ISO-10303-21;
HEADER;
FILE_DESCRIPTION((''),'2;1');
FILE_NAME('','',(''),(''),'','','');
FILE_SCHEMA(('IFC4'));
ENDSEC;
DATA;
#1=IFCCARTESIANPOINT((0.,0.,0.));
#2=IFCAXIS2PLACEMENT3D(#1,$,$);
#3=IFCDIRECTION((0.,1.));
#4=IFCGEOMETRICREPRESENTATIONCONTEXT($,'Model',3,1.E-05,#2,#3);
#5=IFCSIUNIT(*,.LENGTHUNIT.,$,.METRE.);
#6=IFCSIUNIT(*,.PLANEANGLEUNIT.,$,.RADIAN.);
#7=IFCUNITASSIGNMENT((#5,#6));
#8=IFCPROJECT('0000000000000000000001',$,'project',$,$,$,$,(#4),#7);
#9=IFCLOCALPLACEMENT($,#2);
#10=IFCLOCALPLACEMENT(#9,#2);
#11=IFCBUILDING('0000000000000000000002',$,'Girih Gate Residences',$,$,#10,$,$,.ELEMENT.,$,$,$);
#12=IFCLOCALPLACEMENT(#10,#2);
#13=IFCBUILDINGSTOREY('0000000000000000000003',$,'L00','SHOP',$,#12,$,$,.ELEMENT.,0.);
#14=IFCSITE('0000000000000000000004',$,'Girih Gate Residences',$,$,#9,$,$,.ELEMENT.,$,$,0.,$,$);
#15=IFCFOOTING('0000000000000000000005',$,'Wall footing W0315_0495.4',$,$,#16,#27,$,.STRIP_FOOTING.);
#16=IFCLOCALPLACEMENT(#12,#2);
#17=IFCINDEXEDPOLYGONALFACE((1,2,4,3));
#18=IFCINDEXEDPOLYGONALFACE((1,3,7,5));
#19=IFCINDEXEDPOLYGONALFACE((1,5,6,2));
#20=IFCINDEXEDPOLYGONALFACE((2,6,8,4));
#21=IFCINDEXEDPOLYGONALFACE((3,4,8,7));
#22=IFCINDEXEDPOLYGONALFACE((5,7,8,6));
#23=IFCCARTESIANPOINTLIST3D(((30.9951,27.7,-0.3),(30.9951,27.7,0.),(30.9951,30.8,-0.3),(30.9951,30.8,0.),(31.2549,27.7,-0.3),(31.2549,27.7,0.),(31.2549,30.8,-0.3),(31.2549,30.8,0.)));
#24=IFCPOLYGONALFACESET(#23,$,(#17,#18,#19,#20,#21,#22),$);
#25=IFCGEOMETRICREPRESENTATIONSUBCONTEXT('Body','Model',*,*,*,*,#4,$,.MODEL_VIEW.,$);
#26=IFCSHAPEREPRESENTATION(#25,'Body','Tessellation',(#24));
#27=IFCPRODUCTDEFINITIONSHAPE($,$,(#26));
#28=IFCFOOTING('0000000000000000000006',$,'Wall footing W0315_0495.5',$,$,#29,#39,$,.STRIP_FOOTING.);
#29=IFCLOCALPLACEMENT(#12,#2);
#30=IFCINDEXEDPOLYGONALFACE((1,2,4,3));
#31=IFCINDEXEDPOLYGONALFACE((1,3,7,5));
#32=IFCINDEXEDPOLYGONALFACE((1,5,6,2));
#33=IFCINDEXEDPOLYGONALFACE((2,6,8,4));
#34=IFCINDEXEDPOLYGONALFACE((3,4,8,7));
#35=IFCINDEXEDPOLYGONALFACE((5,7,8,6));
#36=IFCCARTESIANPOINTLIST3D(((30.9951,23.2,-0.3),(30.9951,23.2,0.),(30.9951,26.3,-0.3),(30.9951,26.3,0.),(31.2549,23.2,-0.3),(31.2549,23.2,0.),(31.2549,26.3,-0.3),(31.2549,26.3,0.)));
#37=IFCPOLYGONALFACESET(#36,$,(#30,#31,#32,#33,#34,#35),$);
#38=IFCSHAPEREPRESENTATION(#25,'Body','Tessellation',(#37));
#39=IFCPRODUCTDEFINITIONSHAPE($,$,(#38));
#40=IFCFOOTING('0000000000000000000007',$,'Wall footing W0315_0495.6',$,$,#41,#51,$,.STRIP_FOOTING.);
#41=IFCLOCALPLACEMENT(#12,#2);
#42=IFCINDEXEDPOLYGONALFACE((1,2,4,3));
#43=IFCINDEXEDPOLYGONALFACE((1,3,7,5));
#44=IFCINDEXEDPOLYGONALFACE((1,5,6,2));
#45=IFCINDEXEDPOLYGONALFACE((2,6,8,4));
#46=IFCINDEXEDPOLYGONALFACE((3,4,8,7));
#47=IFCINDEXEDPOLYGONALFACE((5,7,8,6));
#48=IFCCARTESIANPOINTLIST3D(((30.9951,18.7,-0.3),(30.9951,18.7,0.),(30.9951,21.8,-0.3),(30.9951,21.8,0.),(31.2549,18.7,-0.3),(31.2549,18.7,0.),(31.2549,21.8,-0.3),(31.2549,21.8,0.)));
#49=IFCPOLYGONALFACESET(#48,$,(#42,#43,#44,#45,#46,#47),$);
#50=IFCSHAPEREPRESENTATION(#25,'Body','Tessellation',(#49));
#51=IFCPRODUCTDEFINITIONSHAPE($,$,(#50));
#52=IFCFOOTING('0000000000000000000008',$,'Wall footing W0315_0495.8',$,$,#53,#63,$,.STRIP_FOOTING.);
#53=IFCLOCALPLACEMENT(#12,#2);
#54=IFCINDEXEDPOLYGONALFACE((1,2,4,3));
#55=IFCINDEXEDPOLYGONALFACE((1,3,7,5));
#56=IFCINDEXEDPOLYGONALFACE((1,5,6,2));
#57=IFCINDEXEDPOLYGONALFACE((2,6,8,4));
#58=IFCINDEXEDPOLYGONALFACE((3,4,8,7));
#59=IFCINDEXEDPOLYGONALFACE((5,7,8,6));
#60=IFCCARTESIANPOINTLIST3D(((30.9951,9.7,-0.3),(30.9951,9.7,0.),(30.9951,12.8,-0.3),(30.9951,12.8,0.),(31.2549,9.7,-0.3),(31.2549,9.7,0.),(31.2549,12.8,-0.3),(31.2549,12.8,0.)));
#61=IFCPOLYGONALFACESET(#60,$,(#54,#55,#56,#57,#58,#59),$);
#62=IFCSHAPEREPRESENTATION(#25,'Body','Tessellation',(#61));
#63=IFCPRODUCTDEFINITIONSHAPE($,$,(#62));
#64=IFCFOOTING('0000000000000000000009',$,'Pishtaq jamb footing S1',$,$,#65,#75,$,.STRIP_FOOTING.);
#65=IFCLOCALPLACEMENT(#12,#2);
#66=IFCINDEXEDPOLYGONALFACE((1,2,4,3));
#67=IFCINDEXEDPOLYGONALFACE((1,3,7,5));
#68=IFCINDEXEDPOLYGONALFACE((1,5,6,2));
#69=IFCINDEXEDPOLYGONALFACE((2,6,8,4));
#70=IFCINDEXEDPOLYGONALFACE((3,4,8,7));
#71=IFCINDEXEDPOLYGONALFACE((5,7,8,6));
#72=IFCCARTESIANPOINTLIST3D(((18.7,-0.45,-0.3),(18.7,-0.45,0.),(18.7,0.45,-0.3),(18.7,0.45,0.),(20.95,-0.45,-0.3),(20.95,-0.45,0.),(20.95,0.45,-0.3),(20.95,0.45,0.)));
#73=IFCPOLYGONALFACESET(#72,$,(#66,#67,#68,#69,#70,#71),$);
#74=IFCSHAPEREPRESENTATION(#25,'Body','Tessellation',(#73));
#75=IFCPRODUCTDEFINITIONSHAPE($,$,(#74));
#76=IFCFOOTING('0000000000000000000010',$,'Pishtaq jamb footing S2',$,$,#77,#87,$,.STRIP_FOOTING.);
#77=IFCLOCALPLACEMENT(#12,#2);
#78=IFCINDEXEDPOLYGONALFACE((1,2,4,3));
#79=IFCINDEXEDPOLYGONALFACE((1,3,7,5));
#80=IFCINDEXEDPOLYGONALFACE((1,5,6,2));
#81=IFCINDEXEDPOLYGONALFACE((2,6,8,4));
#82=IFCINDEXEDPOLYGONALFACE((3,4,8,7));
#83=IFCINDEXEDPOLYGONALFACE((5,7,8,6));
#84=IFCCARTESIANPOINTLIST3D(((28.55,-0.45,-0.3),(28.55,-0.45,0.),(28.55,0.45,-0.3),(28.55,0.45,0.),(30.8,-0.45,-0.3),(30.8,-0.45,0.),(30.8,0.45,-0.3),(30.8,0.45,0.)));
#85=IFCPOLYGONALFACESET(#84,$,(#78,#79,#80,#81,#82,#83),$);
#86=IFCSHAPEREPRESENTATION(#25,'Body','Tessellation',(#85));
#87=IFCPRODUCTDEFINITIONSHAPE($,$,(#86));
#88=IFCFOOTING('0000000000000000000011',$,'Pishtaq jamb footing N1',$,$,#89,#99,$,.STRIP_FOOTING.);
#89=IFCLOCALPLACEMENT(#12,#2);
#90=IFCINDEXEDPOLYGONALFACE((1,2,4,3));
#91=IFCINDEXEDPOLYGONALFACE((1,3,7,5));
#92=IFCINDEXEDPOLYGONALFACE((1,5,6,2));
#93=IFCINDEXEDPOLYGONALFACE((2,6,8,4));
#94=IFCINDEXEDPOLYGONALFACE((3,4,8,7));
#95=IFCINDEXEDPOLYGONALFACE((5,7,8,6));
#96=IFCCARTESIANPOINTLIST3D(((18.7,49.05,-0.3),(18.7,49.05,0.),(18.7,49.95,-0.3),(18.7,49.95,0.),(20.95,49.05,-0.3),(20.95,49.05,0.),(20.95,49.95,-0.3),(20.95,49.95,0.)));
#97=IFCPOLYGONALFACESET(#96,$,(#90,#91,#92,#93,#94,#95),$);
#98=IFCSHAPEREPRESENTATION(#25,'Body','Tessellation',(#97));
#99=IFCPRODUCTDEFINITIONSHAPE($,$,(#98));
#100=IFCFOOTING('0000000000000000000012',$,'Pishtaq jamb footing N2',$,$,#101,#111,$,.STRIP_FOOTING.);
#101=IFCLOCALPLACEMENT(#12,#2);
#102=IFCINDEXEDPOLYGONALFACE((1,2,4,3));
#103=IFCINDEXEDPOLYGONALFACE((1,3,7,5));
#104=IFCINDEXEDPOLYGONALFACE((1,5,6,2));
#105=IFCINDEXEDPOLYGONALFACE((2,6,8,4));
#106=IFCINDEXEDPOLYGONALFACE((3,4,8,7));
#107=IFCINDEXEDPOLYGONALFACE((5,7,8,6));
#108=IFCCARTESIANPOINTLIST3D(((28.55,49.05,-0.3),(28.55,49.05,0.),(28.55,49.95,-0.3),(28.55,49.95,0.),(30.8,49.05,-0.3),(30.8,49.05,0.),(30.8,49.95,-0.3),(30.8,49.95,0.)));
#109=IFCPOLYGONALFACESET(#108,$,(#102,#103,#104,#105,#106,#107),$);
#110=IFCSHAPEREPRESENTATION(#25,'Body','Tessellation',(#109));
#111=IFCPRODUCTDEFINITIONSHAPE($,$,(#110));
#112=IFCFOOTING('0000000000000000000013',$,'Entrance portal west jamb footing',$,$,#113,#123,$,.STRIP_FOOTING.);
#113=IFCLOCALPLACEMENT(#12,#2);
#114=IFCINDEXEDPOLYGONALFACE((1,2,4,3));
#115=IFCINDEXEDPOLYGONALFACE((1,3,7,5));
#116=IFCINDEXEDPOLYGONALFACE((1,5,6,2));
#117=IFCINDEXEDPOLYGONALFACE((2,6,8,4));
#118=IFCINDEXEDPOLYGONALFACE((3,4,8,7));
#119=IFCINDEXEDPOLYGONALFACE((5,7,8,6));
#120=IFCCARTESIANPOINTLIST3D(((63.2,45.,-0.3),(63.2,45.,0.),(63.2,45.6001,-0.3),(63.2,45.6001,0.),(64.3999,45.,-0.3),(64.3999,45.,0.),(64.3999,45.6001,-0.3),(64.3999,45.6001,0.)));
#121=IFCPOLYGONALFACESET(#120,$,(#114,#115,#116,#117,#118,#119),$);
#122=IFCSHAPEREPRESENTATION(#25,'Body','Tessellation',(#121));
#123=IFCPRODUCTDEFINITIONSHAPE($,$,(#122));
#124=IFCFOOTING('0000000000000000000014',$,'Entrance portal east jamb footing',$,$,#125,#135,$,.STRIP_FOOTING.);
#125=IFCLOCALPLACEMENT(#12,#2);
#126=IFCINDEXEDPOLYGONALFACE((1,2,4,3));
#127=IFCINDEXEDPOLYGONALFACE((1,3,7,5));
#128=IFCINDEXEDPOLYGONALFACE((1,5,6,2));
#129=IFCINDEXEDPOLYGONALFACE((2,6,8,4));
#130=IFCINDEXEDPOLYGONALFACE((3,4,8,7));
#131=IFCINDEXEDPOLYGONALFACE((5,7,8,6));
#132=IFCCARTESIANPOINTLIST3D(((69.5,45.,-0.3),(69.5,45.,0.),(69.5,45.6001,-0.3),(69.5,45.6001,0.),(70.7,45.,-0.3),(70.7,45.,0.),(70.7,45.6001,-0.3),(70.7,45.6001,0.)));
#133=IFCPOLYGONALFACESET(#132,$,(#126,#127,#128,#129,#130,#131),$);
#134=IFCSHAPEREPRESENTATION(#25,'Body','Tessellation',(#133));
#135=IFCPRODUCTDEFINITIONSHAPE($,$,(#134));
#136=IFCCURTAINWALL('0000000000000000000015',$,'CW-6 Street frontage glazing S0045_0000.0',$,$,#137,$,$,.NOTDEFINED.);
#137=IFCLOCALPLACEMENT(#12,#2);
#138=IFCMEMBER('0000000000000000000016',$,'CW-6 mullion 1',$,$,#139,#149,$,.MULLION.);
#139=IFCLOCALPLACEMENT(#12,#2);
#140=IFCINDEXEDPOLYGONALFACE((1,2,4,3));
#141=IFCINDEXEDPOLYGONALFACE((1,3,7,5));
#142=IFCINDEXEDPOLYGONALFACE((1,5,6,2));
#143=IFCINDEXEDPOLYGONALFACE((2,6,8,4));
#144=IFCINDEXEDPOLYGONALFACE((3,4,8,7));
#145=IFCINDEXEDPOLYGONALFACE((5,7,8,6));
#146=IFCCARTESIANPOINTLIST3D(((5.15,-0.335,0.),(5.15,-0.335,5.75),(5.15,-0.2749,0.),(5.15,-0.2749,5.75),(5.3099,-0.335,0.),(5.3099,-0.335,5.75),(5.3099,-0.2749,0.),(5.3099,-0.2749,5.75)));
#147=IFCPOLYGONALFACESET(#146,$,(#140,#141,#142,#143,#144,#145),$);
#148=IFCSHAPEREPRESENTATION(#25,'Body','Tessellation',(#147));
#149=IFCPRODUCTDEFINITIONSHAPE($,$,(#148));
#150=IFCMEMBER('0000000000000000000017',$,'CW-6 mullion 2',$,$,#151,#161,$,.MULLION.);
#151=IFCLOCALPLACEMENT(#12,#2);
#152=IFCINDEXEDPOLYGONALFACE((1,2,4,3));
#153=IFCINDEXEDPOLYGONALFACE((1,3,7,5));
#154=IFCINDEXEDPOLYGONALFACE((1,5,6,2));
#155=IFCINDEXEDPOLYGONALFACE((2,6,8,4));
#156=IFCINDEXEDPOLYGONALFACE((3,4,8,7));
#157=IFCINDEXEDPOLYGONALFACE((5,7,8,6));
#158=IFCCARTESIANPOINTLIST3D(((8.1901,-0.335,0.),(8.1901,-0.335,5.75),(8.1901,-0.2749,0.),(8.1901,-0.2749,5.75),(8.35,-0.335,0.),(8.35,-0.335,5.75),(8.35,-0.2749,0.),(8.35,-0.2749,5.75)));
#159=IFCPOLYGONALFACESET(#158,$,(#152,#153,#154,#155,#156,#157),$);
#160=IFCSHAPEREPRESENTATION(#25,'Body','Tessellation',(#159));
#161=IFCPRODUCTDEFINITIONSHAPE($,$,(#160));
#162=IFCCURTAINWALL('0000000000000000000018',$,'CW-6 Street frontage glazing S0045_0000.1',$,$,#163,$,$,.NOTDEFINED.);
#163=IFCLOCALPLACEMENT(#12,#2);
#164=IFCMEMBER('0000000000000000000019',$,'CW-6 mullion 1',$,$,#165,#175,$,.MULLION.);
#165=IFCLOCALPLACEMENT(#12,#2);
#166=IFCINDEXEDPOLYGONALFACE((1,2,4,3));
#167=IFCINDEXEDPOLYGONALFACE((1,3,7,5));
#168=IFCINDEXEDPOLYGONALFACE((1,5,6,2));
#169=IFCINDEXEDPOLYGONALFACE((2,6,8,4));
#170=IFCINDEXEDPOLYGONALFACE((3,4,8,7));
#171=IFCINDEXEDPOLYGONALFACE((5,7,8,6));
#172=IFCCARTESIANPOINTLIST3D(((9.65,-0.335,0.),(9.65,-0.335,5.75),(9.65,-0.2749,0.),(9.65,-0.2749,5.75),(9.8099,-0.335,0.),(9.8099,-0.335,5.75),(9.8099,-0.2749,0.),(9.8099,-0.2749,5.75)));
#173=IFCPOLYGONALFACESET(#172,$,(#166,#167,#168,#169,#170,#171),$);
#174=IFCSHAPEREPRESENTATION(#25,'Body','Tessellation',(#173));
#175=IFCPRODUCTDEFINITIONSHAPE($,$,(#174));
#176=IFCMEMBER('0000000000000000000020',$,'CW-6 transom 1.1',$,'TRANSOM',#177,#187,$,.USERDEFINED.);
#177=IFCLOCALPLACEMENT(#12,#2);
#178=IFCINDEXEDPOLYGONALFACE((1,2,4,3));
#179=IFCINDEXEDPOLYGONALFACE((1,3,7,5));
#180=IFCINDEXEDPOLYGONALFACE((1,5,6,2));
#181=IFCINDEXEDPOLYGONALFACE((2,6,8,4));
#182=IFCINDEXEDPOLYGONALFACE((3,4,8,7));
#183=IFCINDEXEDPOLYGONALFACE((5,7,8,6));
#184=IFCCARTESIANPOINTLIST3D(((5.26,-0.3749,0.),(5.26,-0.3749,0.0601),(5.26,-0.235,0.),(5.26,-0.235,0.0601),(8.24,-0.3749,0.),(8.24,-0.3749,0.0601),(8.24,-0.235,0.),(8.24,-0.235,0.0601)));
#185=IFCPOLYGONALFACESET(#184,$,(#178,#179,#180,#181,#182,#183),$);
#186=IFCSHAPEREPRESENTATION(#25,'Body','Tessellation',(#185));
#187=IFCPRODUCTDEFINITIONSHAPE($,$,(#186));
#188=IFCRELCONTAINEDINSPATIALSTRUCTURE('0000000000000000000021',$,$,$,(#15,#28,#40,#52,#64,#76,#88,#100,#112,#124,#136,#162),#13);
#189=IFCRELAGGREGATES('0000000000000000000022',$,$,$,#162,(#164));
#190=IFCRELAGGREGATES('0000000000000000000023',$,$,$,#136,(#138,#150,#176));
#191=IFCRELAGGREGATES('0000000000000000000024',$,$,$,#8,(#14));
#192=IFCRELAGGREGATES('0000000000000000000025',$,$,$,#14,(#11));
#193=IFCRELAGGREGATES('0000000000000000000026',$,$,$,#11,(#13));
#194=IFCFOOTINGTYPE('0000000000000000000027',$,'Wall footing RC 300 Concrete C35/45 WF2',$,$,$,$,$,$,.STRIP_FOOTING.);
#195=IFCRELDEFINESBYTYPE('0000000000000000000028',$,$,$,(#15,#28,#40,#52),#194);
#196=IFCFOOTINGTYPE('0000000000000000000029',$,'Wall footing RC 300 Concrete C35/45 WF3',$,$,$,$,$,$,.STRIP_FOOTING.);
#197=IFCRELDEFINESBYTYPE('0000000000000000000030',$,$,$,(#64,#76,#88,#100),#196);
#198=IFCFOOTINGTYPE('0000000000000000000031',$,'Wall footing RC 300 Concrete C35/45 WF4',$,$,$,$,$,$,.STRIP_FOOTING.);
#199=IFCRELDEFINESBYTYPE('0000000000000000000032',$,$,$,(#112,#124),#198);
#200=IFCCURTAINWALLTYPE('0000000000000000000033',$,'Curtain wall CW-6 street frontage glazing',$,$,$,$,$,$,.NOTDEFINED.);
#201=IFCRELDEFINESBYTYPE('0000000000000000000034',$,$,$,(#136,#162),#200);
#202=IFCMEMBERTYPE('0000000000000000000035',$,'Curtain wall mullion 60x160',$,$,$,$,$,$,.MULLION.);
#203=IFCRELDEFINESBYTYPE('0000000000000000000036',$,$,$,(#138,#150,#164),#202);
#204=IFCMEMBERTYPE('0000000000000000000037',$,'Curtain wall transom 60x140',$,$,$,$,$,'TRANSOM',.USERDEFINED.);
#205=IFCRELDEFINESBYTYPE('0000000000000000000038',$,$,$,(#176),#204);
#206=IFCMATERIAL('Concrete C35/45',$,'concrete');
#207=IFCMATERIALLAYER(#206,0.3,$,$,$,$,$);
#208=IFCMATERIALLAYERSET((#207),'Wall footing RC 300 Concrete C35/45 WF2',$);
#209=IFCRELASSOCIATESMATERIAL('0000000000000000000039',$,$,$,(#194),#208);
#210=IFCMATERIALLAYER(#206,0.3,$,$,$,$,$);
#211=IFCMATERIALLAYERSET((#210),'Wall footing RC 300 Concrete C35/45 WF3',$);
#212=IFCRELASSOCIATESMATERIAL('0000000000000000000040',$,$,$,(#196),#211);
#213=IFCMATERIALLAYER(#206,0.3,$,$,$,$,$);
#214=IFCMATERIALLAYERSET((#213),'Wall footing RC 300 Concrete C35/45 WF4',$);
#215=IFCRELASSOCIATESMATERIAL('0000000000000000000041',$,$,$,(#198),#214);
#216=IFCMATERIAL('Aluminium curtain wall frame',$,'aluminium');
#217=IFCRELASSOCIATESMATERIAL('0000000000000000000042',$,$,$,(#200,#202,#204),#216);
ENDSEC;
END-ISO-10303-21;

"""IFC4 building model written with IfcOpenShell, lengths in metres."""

from ifc_helpers import new_model, si_unit, direction, frame, origin, origin_2d, place, context, subcontext, project, spatial, polyline, rectangle, outline, extrude, material, layer, layer_set, material_profile, profile_set, type_object, element, aggregate, save


model = new_model("IFC4")

# Units and contexts
model_context = context("Model", 3, precision=1e-05, world=origin(), true_north=direction((0.0, 1.0)))
body_context = subcontext(model_context, "Body", "Model", "MODEL_VIEW")
ifc_project = project(units=[si_unit("LENGTHUNIT", "METRE"), si_unit("PLANEANGLEUNIT", "RADIAN")], contexts=[model_context])

# Site, building, storey
site_placement = place(None, origin())
site = spatial("IfcSite", under=ifc_project, at=site_placement, Name="Girih Gate Residences", CompositionType="ELEMENT", RefElevation=0.0)
building_placement = place(site_placement, origin())
building = spatial("IfcBuilding", under=site, at=building_placement, Name="Girih Gate Residences", CompositionType="ELEMENT")
storey_placement = place(building_placement, origin())
storey = spatial("IfcBuildingStorey", under=building, at=storey_placement, Name="L00", Description="SHOP", CompositionType="ELEMENT", Elevation=0.0)

# Footings
ifc_material_1 = material(Name="Concrete C35/45", Category="concrete")
ifc_layer_1 = layer(ifc_material_1, 0.3)
ifc_layer_set_1 = layer_set([ifc_layer_1], Name="Wall footing RC 300 Concrete C35/45 WF2")
footing_type_1 = type_object("IfcFootingType", Name="Wall footing RC 300 Concrete C35/45 WF2", PredefinedType="STRIP_FOOTING", material=ifc_layer_set_1)
footing_1_placement = place(storey_placement, frame((0.0, 0.0, -0.3)))
element("IfcFooting", 1, at=footing_1_placement, inside=storey, type_object=footing_type_1, Name="Wall footing W0315_0495.4", PredefinedType="STRIP_FOOTING", context=body_context, shape_type="SweptSolid", body=[
    extrude(outline(polyline([(31.2549, 27.7), (31.2549, 30.8), (30.9951, 30.8), (30.9951, 27.7), (31.2549, 27.7)])), origin(), (0.0, 0.0, 1.0), 0.3),
])
footing_2_placement = place(storey_placement, frame((0.0, 0.0, -0.3)))
element("IfcFooting", 2, at=footing_2_placement, inside=storey, type_object=footing_type_1, Name="Wall footing W0315_0495.5", PredefinedType="STRIP_FOOTING", context=body_context, shape_type="SweptSolid", body=[
    extrude(outline(polyline([(31.2549, 23.2), (31.2549, 26.3), (30.9951, 26.3), (30.9951, 23.2), (31.2549, 23.2)])), origin(), (0.0, 0.0, 1.0), 0.3),
])
footing_3_placement = place(storey_placement, frame((0.0, 0.0, -0.3)))
element("IfcFooting", 3, at=footing_3_placement, inside=storey, type_object=footing_type_1, Name="Wall footing W0315_0495.6", PredefinedType="STRIP_FOOTING", context=body_context, shape_type="SweptSolid", body=[
    extrude(outline(polyline([(31.2549, 18.7), (31.2549, 21.8), (30.9951, 21.8), (30.9951, 18.7), (31.2549, 18.7)])), origin(), (0.0, 0.0, 1.0), 0.3),
])
footing_4_placement = place(storey_placement, frame((0.0, 0.0, -0.3)))
element("IfcFooting", 4, at=footing_4_placement, inside=storey, type_object=footing_type_1, Name="Wall footing W0315_0495.8", PredefinedType="STRIP_FOOTING", context=body_context, shape_type="SweptSolid", body=[
    extrude(outline(polyline([(31.2549, 9.7), (31.2549, 12.8), (30.9951, 12.8), (30.9951, 9.7), (31.2549, 9.7)])), origin(), (0.0, 0.0, 1.0), 0.3),
])
ifc_layer_2 = layer(ifc_material_1, 0.3)
ifc_layer_set_2 = layer_set([ifc_layer_2], Name="Wall footing RC 300 Concrete C35/45 WF3")
footing_type_2 = type_object("IfcFootingType", Name="Wall footing RC 300 Concrete C35/45 WF3", PredefinedType="STRIP_FOOTING", material=ifc_layer_set_2)
footing_5_placement = place(storey_placement, frame((0.0, 0.0, -0.3)))
element("IfcFooting", 5, at=footing_5_placement, inside=storey, type_object=footing_type_2, Name="Pishtaq jamb footing S1", PredefinedType="STRIP_FOOTING", context=body_context, shape_type="SweptSolid", body=[
    extrude(outline(polyline([(18.7, -0.45), (20.95, -0.45), (20.95, 0.45), (18.7, 0.45), (18.7, -0.45)])), origin(), (0.0, 0.0, 1.0), 0.3),
])
footing_6_placement = place(storey_placement, frame((0.0, 0.0, -0.3)))
element("IfcFooting", 6, at=footing_6_placement, inside=storey, type_object=footing_type_2, Name="Pishtaq jamb footing S2", PredefinedType="STRIP_FOOTING", context=body_context, shape_type="SweptSolid", body=[
    extrude(outline(polyline([(28.55, -0.45), (30.8, -0.45), (30.8, 0.45), (28.55, 0.45), (28.55, -0.45)])), origin(), (0.0, 0.0, 1.0), 0.3),
])
footing_7_placement = place(storey_placement, frame((0.0, 0.0, -0.3)))
element("IfcFooting", 7, at=footing_7_placement, inside=storey, type_object=footing_type_2, Name="Pishtaq jamb footing N1", PredefinedType="STRIP_FOOTING", context=body_context, shape_type="SweptSolid", body=[
    extrude(outline(polyline([(18.7, 49.05), (20.95, 49.05), (20.95, 49.95), (18.7, 49.95), (18.7, 49.05)])), origin(), (0.0, 0.0, 1.0), 0.3),
])
footing_8_placement = place(storey_placement, frame((0.0, 0.0, -0.3)))
element("IfcFooting", 8, at=footing_8_placement, inside=storey, type_object=footing_type_2, Name="Pishtaq jamb footing N2", PredefinedType="STRIP_FOOTING", context=body_context, shape_type="SweptSolid", body=[
    extrude(outline(polyline([(28.55, 49.05), (30.8, 49.05), (30.8, 49.95), (28.55, 49.95), (28.55, 49.05)])), origin(), (0.0, 0.0, 1.0), 0.3),
])
ifc_layer_3 = layer(ifc_material_1, 0.3)
ifc_layer_set_3 = layer_set([ifc_layer_3], Name="Wall footing RC 300 Concrete C35/45 WF4")
footing_type_3 = type_object("IfcFootingType", Name="Wall footing RC 300 Concrete C35/45 WF4", PredefinedType="STRIP_FOOTING", material=ifc_layer_set_3)
footing_9_placement = place(storey_placement, frame((0.0, 0.0, -0.3)))
element("IfcFooting", 9, at=footing_9_placement, inside=storey, type_object=footing_type_3, Name="Entrance portal west jamb footing", PredefinedType="STRIP_FOOTING", context=body_context, shape_type="SweptSolid", body=[
    extrude(outline(polyline([(63.2, 45.0), (64.3999, 45.0), (64.3999, 45.6001), (63.2, 45.6001), (63.2, 45.0)])), origin(), (0.0, 0.0, 1.0), 0.3),
])
footing_10_placement = place(storey_placement, frame((0.0, 0.0, -0.3)))
element("IfcFooting", 10, at=footing_10_placement, inside=storey, type_object=footing_type_3, Name="Entrance portal east jamb footing", PredefinedType="STRIP_FOOTING", context=body_context, shape_type="SweptSolid", body=[
    extrude(outline(polyline([(69.5, 45.0), (70.7, 45.0), (70.7, 45.6001), (69.5, 45.6001), (69.5, 45.0)])), origin(), (0.0, 0.0, 1.0), 0.3),
])

# Curtain wall, members
ifc_material_2 = material(Name="Aluminium curtain wall frame", Category="aluminium")
curtain_wall_type = type_object("IfcCurtainWallType", Name="Curtain wall CW-6 street frontage glazing", PredefinedType="NOTDEFINED", material=ifc_material_2)
curtain_wall_1_placement = place(storey_placement, origin())
curtain_wall_1 = element("IfcCurtainWall", 11, at=curtain_wall_1_placement, inside=storey, type_object=curtain_wall_type, Name="CW-6 Street frontage glazing S0045_0000.0", PredefinedType="NOTDEFINED")
ifc_material_profile_1 = material_profile(ifc_material_2, rectangle(XDim=0.0601, YDim=0.1599, at=origin_2d()))
ifc_profile_set_1 = profile_set([ifc_material_profile_1], Name="Aluminium curtain wall frame")
member_type_1 = type_object("IfcMemberType", Name="Curtain wall mullion 60x160", PredefinedType="MULLION", material=ifc_profile_set_1)
member_1_placement = place(storey_placement, frame((5.23, -0.3049, 0.0), z_axis=(0.0, 0.0, 1.0), x_axis=(0.0, 1.0, 0.0)))
member_1 = element("IfcMember", 12, at=member_1_placement, type_object=member_type_1, Name="CW-6 mullion 1", PredefinedType="MULLION", context=body_context, shape_type="SweptSolid", body=[
    extrude(rectangle(XDim=0.0601, YDim=0.1599, at=origin_2d()), origin(), (0.0, 0.0, 1.0), 5.75),
])
member_2_placement = place(storey_placement, frame((8.27, -0.3049, 0.0), z_axis=(0.0, 0.0, 1.0), x_axis=(0.0, 1.0, 0.0)))
member_2 = element("IfcMember", 13, at=member_2_placement, type_object=member_type_1, Name="CW-6 mullion 2", PredefinedType="MULLION", context=body_context, shape_type="SweptSolid", body=[
    extrude(rectangle(XDim=0.0601, YDim=0.1599, at=origin_2d()), origin(), (0.0, 0.0, 1.0), 5.75),
])

# Curtain wall, member
curtain_wall_2_placement = place(storey_placement, origin())
curtain_wall_2 = element("IfcCurtainWall", 14, at=curtain_wall_2_placement, inside=storey, type_object=curtain_wall_type, Name="CW-6 Street frontage glazing S0045_0000.1", PredefinedType="NOTDEFINED")
member_3_placement = place(storey_placement, frame((9.73, -0.3049, 0.0), z_axis=(0.0, 0.0, 1.0), x_axis=(0.0, 1.0, 0.0)))
member_3 = element("IfcMember", 15, at=member_3_placement, type_object=member_type_1, Name="CW-6 mullion 1", PredefinedType="MULLION", context=body_context, shape_type="SweptSolid", body=[
    extrude(rectangle(XDim=0.0601, YDim=0.1599, at=origin_2d()), origin(), (0.0, 0.0, 1.0), 5.75),
])

# Member
ifc_material_profile_2 = material_profile(ifc_material_2, rectangle(XDim=0.1399, YDim=0.0601, at=origin_2d()))
ifc_profile_set_2 = profile_set([ifc_material_profile_2], Name="Aluminium curtain wall frame")
member_type_2 = type_object("IfcMemberType", Name="Curtain wall transom 60x140", ElementType="TRANSOM", PredefinedType="USERDEFINED", material=ifc_profile_set_2)
member_4_placement = place(storey_placement, frame((5.26, -0.3049, 0.03), z_axis=(1.0, 0.0, 0.0), x_axis=(0.0, 1.0, 0.0)))
member_4 = element("IfcMember", 16, at=member_4_placement, type_object=member_type_2, Name="CW-6 transom 1.1", ObjectType="TRANSOM", PredefinedType="USERDEFINED", context=body_context, shape_type="SweptSolid", body=[
    extrude(rectangle(XDim=0.1399, YDim=0.0601, at=origin_2d()), origin(), (0.0, 0.0, 1.0), 2.98),
])
aggregate(curtain_wall_2, [member_3])

aggregate(curtain_wall_1, [member_1, member_2, member_4])

save(model, "model.ifc")
